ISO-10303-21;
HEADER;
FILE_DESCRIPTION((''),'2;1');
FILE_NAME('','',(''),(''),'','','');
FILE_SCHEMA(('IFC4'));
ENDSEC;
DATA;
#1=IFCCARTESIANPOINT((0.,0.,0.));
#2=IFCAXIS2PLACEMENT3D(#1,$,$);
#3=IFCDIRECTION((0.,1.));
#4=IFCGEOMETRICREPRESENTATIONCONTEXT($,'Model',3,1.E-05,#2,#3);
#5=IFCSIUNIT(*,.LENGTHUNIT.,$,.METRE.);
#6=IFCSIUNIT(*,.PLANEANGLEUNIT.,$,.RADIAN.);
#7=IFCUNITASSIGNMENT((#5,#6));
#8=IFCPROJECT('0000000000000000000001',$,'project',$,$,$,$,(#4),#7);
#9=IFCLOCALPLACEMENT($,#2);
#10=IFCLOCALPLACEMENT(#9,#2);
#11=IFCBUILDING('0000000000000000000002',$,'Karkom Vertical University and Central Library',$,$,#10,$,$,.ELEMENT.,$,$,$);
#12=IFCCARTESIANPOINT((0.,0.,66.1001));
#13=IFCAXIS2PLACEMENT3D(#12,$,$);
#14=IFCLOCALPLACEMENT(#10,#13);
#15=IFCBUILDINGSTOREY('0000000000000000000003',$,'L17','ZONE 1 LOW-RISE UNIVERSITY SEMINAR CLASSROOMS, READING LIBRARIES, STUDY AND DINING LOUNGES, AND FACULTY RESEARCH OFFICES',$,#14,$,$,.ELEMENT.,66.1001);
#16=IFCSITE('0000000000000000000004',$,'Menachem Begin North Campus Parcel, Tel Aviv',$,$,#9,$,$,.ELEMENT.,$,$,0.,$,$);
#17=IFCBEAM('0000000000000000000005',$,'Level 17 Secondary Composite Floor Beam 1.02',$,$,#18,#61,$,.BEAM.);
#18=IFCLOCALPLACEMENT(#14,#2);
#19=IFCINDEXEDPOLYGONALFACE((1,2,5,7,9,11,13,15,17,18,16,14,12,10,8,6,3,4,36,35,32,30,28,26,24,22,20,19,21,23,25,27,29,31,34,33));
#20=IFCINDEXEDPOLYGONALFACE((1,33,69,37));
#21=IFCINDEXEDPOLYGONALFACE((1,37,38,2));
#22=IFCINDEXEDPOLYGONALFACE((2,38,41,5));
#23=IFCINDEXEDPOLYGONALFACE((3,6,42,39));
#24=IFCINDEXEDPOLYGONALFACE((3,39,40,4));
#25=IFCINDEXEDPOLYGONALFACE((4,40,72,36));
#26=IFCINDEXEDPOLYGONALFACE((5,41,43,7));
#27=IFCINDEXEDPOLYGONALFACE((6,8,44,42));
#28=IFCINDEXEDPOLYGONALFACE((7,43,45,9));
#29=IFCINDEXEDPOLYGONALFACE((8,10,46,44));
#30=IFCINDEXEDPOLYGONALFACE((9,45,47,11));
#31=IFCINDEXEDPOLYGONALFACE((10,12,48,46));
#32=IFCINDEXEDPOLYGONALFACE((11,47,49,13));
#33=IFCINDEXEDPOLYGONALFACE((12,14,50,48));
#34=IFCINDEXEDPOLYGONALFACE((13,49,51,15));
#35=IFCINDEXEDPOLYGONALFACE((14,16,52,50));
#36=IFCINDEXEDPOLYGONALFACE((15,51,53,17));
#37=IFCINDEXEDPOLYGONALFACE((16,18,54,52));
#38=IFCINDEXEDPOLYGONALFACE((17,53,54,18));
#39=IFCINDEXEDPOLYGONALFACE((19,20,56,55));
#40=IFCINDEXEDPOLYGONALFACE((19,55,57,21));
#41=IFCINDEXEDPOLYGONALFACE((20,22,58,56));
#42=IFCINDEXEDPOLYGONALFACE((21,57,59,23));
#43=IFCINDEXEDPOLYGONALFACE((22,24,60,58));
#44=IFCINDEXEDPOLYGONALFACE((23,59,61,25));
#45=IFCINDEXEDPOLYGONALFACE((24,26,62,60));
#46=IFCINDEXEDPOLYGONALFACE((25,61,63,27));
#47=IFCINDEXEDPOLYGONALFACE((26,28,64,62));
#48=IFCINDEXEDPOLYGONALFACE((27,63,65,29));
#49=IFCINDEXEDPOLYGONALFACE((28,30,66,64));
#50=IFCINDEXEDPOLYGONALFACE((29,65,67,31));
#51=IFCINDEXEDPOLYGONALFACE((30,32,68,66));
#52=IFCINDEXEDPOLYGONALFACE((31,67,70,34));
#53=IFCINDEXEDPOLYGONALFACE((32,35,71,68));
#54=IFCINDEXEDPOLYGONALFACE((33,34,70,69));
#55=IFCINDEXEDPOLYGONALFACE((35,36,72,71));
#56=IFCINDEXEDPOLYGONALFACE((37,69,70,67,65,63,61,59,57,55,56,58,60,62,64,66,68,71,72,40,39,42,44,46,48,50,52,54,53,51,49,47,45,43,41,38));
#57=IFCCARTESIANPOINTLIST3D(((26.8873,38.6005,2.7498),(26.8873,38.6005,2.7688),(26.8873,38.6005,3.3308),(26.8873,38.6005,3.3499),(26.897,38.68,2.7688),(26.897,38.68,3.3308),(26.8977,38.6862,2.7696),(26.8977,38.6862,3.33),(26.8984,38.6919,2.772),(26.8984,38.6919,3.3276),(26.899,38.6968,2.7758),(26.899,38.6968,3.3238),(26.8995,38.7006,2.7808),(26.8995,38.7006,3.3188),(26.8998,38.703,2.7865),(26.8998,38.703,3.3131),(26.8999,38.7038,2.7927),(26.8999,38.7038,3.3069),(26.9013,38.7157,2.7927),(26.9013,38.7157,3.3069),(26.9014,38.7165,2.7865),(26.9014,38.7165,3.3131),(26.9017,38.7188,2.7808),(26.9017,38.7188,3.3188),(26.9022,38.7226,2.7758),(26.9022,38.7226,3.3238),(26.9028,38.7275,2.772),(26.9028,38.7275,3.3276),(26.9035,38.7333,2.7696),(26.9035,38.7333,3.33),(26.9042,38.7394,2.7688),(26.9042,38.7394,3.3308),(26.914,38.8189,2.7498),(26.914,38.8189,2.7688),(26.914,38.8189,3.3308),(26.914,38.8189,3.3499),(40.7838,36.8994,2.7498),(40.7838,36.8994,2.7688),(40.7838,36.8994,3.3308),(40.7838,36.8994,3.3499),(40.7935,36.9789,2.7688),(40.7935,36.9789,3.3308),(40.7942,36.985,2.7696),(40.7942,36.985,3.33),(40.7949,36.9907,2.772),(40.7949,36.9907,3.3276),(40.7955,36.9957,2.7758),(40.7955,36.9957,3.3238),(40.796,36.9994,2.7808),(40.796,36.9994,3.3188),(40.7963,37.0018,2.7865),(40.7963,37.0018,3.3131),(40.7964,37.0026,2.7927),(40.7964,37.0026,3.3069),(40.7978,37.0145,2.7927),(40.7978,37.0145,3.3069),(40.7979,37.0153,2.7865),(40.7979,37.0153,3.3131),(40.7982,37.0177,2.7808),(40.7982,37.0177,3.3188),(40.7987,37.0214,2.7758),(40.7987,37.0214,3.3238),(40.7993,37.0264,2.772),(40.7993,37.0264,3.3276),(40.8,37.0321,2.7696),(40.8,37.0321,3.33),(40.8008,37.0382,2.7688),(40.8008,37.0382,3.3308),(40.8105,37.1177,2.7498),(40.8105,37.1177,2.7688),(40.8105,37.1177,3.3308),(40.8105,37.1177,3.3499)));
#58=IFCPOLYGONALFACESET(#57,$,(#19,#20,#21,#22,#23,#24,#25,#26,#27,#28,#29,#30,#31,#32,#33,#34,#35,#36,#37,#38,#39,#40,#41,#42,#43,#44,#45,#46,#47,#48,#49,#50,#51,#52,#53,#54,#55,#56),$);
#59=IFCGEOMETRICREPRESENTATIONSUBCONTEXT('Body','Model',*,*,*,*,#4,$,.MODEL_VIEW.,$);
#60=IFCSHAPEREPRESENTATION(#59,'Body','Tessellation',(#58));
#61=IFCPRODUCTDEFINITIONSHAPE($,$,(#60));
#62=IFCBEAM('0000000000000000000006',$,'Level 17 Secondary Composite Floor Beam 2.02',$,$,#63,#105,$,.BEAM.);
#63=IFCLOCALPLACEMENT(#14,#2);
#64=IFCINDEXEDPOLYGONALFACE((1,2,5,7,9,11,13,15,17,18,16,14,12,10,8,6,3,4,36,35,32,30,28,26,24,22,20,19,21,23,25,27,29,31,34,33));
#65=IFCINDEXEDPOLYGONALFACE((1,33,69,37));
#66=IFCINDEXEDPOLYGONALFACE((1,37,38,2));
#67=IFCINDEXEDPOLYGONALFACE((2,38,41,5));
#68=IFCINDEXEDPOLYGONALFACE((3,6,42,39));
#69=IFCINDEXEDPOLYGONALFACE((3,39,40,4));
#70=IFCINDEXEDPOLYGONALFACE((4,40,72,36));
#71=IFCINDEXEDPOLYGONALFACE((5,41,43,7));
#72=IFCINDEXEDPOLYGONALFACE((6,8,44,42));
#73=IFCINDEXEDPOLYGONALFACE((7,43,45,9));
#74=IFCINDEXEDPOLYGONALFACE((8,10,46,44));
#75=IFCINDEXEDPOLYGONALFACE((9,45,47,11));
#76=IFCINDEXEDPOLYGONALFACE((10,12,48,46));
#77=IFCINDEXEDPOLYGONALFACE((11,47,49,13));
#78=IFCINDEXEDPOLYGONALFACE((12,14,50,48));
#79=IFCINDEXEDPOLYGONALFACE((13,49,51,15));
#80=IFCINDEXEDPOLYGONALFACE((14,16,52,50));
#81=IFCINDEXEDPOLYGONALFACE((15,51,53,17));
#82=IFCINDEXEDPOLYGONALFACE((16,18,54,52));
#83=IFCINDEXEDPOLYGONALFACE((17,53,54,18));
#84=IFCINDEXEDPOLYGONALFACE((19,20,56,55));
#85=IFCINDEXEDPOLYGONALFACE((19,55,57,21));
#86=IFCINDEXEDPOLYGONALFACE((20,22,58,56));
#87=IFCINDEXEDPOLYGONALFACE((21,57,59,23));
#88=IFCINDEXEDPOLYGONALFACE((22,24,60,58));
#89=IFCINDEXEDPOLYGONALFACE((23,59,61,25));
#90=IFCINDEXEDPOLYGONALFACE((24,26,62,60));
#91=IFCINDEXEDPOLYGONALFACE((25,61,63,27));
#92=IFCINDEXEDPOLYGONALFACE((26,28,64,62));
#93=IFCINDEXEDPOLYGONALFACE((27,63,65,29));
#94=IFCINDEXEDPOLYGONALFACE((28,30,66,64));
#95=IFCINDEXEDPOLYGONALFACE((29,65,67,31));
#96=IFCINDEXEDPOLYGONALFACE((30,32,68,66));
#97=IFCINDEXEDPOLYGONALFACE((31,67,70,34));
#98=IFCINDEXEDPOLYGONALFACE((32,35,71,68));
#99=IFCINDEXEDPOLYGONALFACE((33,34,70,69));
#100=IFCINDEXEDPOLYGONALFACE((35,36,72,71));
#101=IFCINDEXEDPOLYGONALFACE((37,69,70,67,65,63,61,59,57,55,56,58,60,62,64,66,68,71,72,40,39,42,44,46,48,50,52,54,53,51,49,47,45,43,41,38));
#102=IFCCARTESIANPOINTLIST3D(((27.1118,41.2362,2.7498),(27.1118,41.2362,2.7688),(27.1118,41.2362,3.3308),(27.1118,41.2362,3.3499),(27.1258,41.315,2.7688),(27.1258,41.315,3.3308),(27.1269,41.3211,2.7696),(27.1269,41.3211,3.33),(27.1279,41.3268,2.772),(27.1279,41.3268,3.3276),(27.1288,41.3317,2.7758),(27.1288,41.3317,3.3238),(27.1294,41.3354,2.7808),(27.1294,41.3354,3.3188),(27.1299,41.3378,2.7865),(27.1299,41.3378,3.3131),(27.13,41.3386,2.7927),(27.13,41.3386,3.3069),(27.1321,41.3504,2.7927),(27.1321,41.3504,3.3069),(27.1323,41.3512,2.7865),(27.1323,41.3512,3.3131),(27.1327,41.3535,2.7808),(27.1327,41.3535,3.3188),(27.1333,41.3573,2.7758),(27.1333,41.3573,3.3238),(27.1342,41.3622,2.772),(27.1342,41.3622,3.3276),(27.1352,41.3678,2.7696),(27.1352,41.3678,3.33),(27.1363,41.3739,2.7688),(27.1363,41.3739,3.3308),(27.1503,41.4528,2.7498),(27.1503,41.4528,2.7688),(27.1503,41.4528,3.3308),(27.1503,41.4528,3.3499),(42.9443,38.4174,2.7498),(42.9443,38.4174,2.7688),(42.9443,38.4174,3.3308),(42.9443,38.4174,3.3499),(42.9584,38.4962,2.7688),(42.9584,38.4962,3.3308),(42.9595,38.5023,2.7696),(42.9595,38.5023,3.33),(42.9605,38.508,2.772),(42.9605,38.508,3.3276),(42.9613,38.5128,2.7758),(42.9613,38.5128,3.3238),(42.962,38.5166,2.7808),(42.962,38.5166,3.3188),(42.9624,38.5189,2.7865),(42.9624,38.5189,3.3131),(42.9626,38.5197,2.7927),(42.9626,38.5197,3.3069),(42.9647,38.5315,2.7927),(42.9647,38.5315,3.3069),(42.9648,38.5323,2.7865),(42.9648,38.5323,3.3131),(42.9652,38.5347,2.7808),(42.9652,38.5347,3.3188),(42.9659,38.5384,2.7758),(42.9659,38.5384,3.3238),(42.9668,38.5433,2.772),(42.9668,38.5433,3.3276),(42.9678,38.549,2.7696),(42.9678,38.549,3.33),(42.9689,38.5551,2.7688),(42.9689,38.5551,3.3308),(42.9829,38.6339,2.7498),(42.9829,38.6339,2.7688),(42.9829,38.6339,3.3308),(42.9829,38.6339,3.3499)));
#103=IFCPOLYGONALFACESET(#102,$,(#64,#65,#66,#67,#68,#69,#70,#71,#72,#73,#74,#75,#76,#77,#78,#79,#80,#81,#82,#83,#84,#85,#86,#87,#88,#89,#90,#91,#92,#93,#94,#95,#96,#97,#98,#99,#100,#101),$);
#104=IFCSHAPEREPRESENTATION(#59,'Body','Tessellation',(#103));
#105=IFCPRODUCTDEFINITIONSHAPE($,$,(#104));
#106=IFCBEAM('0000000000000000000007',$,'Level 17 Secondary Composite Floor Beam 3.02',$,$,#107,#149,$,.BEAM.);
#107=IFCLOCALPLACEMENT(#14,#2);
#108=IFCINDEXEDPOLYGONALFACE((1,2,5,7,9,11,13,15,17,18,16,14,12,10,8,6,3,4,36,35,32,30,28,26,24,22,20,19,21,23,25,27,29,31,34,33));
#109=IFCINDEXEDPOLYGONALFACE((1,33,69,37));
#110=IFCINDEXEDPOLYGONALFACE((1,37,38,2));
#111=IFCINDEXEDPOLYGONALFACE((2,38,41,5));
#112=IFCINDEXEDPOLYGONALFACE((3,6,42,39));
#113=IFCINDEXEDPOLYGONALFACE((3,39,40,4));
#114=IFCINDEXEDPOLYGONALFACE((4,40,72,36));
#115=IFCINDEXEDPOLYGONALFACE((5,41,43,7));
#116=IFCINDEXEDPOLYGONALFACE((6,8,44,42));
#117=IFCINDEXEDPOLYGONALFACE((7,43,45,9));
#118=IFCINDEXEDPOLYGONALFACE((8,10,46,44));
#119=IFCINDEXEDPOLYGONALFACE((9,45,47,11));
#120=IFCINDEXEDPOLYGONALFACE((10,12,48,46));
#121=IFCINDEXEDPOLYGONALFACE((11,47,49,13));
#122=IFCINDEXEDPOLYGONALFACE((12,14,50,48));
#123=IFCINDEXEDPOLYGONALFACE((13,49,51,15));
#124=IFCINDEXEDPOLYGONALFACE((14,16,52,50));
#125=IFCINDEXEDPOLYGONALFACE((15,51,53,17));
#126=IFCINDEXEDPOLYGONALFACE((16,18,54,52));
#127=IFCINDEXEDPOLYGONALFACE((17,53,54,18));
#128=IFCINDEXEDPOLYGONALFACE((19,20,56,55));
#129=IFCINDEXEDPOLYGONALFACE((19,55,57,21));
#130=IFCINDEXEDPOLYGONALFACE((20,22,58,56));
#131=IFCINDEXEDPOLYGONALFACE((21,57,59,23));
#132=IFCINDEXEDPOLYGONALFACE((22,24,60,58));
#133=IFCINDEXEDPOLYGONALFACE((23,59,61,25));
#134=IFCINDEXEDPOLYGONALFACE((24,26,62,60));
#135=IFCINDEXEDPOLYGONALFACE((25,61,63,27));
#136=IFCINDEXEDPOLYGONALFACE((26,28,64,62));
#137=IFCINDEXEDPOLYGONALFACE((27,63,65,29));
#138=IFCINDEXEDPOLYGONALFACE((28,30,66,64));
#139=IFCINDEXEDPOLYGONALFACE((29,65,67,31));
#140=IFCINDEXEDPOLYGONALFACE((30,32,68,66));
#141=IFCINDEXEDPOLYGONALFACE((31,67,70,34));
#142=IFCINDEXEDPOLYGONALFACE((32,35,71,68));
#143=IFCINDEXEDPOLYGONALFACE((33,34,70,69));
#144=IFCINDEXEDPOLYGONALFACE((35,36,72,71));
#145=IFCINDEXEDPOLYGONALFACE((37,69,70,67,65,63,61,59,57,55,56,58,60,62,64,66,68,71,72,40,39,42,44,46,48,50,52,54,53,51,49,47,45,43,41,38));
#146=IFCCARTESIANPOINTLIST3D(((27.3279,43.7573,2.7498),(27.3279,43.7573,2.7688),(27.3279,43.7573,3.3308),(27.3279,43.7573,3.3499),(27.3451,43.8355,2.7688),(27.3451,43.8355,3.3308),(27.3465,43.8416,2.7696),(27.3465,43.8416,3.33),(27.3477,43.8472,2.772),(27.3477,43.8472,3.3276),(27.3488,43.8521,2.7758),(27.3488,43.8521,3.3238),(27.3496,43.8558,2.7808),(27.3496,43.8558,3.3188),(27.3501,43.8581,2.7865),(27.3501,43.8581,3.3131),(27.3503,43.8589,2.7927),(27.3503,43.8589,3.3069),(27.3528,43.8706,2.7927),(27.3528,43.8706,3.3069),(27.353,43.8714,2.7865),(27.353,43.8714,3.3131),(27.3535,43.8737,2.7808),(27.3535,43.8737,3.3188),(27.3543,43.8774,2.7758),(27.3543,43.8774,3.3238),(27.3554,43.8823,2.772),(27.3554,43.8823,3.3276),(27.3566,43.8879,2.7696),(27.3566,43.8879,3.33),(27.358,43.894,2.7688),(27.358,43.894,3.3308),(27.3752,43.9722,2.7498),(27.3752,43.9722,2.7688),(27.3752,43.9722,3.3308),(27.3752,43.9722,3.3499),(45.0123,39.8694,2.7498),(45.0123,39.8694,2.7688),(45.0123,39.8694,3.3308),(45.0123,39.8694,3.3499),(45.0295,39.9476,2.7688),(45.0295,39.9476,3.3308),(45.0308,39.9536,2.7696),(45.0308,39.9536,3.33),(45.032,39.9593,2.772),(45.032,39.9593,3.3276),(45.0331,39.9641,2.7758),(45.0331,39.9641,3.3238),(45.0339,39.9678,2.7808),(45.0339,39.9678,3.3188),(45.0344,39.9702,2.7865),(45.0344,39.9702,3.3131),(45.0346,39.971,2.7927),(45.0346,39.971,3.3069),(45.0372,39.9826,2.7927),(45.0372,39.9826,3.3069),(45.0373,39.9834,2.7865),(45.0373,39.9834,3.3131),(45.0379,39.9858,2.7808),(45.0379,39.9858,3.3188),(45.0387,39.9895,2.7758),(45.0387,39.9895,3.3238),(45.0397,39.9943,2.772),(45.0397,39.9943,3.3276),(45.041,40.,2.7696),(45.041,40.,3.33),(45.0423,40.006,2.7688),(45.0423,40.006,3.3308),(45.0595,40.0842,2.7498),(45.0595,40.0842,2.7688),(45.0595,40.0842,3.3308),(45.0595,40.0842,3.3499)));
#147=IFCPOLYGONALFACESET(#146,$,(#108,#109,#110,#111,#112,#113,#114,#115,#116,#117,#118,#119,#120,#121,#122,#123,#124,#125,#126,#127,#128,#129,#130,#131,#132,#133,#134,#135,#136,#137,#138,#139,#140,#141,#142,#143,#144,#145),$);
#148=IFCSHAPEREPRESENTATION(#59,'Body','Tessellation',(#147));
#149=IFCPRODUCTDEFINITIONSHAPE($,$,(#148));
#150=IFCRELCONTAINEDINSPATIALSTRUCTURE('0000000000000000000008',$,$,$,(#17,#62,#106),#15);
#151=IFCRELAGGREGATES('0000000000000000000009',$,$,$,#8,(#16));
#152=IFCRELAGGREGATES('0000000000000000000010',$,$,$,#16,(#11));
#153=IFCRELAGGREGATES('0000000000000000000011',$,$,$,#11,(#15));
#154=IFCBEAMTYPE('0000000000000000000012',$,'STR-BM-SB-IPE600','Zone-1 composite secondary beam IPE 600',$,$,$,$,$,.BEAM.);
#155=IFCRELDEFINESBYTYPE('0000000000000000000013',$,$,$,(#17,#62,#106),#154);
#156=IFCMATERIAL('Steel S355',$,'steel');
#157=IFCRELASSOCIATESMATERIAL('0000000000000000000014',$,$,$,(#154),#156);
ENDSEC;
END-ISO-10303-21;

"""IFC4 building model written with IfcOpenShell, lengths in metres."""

from ifc_helpers import new_model, si_unit, direction, frame, origin, origin_with_axes, origin_2d, place, context, subcontext, project, spatial, i_section, extrude, source, transform, mapped, material, material_profile, profile_set, type_object, element, save


model = new_model("IFC4")

# Units and contexts
model_context = context("Model", 3, precision=1e-05, world=origin(), true_north=direction((0.0, 1.0)))
body_context = subcontext(model_context, "Body", "Model", "MODEL_VIEW")
ifc_project = project(units=[si_unit("LENGTHUNIT", "METRE"), si_unit("PLANEANGLEUNIT", "RADIAN")], contexts=[model_context])

# Site, building, storey
site_placement = place(None, origin())
site = spatial("IfcSite", under=ifc_project, at=site_placement, Name="Menachem Begin North Campus Parcel, Tel Aviv", CompositionType="ELEMENT", RefElevation=0.0)
building_placement = place(site_placement, origin())
building = spatial("IfcBuilding", under=site, at=building_placement, Name="Karkom Vertical University and Central Library", CompositionType="ELEMENT")
storey_placement = place(building_placement, frame((0.0, 0.0, 66.1001)))
storey = spatial("IfcBuildingStorey", under=building, at=storey_placement, Name="L17", Description="ZONE 1 LOW-RISE UNIVERSITY SEMINAR CLASSROOMS, READING LIBRARIES, STUDY AND DINING LOUNGES, AND FACULTY RESEARCH OFFICES", CompositionType="ELEMENT", Elevation=66.1001)

# Beams
ifc_material_1 = material(Name="Steel S355", Category="steel")
ifc_material_profile_1 = material_profile(ifc_material_1, i_section(OverallWidth=0.22, OverallDepth=0.6001, WebThickness=0.012, FlangeThickness=0.019, FilletRadius=0.0239, at=origin_2d()), Name="IPE 600")
ifc_profile_set_1 = profile_set([ifc_material_profile_1], Name="Steel S355")
beam_type_1 = type_object("IfcBeamType", Name="STR-BM-SB-IPE600", Description="Zone-1 composite secondary beam IPE 600", PredefinedType="BEAM", material=ifc_profile_set_1)
shared_shape_1 = source(origin_with_axes(), body_context, "Body", "SweptSolid", [
    extrude(i_section(OverallWidth=0.22, OverallDepth=0.6001, WebThickness=0.012, FlangeThickness=0.019, FilletRadius=0.0239, at=origin_2d()), origin(), (0.0, 0.0, 1.0), 14.0002),
])
beam_1_placement = place(storey_placement, frame((40.7971, 37.0085, 3.0498), z_axis=(-0.99259, 0.12151, 0.0), x_axis=(-0.12151, -0.99259, 0.0)))
element("IfcBeam", 1, at=beam_1_placement, inside=storey, type_object=beam_type_1, Name="Level 17 Secondary Composite Floor Beam 1.02", PredefinedType="BEAM", context=body_context, shape_type="MappedRepresentation", body=[
    mapped(shared_shape_1, transform((0.0, 0.0, 0.0), scale=1.0)),
])
shared_shape_2 = source(origin_with_axes(), body_context, "Body", "SweptSolid", [
    extrude(i_section(OverallWidth=0.22, OverallDepth=0.6001, WebThickness=0.012, FlangeThickness=0.019, FilletRadius=0.0239, at=origin_2d()), origin(), (0.0, 0.0, 1.0), 16.0815),
])
beam_2_placement = place(storey_placement, frame((42.9636, 38.5256, 3.0498), z_axis=(-0.984518, 0.175285, 0.0), x_axis=(-0.175285, -0.984518, 0.0)))
element("IfcBeam", 2, at=beam_2_placement, inside=storey, type_object=beam_type_1, Name="Level 17 Secondary Composite Floor Beam 2.02", PredefinedType="BEAM", context=body_context, shape_type="MappedRepresentation", body=[
    mapped(shared_shape_2, transform((0.0, 0.0, 0.0), scale=1.0)),
])
shared_shape_3 = source(origin_with_axes(), body_context, "Body", "SweptSolid", [
    extrude(i_section(OverallWidth=0.22, OverallDepth=0.6001, WebThickness=0.012, FlangeThickness=0.019, FilletRadius=0.0239, at=origin_2d()), origin(), (0.0, 0.0, 1.0), 18.1067),
])
beam_3_placement = place(storey_placement, frame((45.0359, 39.9768, 3.0498), z_axis=(-0.976675, 0.214724, 0.0), x_axis=(-0.214724, -0.976675, 0.0)))
element("IfcBeam", 3, at=beam_3_placement, inside=storey, type_object=beam_type_1, Name="Level 17 Secondary Composite Floor Beam 3.02", PredefinedType="BEAM", context=body_context, shape_type="MappedRepresentation", body=[
    mapped(shared_shape_3, transform((0.0, 0.0, 0.0), scale=1.0)),
])

save(model, "model.ifc")
